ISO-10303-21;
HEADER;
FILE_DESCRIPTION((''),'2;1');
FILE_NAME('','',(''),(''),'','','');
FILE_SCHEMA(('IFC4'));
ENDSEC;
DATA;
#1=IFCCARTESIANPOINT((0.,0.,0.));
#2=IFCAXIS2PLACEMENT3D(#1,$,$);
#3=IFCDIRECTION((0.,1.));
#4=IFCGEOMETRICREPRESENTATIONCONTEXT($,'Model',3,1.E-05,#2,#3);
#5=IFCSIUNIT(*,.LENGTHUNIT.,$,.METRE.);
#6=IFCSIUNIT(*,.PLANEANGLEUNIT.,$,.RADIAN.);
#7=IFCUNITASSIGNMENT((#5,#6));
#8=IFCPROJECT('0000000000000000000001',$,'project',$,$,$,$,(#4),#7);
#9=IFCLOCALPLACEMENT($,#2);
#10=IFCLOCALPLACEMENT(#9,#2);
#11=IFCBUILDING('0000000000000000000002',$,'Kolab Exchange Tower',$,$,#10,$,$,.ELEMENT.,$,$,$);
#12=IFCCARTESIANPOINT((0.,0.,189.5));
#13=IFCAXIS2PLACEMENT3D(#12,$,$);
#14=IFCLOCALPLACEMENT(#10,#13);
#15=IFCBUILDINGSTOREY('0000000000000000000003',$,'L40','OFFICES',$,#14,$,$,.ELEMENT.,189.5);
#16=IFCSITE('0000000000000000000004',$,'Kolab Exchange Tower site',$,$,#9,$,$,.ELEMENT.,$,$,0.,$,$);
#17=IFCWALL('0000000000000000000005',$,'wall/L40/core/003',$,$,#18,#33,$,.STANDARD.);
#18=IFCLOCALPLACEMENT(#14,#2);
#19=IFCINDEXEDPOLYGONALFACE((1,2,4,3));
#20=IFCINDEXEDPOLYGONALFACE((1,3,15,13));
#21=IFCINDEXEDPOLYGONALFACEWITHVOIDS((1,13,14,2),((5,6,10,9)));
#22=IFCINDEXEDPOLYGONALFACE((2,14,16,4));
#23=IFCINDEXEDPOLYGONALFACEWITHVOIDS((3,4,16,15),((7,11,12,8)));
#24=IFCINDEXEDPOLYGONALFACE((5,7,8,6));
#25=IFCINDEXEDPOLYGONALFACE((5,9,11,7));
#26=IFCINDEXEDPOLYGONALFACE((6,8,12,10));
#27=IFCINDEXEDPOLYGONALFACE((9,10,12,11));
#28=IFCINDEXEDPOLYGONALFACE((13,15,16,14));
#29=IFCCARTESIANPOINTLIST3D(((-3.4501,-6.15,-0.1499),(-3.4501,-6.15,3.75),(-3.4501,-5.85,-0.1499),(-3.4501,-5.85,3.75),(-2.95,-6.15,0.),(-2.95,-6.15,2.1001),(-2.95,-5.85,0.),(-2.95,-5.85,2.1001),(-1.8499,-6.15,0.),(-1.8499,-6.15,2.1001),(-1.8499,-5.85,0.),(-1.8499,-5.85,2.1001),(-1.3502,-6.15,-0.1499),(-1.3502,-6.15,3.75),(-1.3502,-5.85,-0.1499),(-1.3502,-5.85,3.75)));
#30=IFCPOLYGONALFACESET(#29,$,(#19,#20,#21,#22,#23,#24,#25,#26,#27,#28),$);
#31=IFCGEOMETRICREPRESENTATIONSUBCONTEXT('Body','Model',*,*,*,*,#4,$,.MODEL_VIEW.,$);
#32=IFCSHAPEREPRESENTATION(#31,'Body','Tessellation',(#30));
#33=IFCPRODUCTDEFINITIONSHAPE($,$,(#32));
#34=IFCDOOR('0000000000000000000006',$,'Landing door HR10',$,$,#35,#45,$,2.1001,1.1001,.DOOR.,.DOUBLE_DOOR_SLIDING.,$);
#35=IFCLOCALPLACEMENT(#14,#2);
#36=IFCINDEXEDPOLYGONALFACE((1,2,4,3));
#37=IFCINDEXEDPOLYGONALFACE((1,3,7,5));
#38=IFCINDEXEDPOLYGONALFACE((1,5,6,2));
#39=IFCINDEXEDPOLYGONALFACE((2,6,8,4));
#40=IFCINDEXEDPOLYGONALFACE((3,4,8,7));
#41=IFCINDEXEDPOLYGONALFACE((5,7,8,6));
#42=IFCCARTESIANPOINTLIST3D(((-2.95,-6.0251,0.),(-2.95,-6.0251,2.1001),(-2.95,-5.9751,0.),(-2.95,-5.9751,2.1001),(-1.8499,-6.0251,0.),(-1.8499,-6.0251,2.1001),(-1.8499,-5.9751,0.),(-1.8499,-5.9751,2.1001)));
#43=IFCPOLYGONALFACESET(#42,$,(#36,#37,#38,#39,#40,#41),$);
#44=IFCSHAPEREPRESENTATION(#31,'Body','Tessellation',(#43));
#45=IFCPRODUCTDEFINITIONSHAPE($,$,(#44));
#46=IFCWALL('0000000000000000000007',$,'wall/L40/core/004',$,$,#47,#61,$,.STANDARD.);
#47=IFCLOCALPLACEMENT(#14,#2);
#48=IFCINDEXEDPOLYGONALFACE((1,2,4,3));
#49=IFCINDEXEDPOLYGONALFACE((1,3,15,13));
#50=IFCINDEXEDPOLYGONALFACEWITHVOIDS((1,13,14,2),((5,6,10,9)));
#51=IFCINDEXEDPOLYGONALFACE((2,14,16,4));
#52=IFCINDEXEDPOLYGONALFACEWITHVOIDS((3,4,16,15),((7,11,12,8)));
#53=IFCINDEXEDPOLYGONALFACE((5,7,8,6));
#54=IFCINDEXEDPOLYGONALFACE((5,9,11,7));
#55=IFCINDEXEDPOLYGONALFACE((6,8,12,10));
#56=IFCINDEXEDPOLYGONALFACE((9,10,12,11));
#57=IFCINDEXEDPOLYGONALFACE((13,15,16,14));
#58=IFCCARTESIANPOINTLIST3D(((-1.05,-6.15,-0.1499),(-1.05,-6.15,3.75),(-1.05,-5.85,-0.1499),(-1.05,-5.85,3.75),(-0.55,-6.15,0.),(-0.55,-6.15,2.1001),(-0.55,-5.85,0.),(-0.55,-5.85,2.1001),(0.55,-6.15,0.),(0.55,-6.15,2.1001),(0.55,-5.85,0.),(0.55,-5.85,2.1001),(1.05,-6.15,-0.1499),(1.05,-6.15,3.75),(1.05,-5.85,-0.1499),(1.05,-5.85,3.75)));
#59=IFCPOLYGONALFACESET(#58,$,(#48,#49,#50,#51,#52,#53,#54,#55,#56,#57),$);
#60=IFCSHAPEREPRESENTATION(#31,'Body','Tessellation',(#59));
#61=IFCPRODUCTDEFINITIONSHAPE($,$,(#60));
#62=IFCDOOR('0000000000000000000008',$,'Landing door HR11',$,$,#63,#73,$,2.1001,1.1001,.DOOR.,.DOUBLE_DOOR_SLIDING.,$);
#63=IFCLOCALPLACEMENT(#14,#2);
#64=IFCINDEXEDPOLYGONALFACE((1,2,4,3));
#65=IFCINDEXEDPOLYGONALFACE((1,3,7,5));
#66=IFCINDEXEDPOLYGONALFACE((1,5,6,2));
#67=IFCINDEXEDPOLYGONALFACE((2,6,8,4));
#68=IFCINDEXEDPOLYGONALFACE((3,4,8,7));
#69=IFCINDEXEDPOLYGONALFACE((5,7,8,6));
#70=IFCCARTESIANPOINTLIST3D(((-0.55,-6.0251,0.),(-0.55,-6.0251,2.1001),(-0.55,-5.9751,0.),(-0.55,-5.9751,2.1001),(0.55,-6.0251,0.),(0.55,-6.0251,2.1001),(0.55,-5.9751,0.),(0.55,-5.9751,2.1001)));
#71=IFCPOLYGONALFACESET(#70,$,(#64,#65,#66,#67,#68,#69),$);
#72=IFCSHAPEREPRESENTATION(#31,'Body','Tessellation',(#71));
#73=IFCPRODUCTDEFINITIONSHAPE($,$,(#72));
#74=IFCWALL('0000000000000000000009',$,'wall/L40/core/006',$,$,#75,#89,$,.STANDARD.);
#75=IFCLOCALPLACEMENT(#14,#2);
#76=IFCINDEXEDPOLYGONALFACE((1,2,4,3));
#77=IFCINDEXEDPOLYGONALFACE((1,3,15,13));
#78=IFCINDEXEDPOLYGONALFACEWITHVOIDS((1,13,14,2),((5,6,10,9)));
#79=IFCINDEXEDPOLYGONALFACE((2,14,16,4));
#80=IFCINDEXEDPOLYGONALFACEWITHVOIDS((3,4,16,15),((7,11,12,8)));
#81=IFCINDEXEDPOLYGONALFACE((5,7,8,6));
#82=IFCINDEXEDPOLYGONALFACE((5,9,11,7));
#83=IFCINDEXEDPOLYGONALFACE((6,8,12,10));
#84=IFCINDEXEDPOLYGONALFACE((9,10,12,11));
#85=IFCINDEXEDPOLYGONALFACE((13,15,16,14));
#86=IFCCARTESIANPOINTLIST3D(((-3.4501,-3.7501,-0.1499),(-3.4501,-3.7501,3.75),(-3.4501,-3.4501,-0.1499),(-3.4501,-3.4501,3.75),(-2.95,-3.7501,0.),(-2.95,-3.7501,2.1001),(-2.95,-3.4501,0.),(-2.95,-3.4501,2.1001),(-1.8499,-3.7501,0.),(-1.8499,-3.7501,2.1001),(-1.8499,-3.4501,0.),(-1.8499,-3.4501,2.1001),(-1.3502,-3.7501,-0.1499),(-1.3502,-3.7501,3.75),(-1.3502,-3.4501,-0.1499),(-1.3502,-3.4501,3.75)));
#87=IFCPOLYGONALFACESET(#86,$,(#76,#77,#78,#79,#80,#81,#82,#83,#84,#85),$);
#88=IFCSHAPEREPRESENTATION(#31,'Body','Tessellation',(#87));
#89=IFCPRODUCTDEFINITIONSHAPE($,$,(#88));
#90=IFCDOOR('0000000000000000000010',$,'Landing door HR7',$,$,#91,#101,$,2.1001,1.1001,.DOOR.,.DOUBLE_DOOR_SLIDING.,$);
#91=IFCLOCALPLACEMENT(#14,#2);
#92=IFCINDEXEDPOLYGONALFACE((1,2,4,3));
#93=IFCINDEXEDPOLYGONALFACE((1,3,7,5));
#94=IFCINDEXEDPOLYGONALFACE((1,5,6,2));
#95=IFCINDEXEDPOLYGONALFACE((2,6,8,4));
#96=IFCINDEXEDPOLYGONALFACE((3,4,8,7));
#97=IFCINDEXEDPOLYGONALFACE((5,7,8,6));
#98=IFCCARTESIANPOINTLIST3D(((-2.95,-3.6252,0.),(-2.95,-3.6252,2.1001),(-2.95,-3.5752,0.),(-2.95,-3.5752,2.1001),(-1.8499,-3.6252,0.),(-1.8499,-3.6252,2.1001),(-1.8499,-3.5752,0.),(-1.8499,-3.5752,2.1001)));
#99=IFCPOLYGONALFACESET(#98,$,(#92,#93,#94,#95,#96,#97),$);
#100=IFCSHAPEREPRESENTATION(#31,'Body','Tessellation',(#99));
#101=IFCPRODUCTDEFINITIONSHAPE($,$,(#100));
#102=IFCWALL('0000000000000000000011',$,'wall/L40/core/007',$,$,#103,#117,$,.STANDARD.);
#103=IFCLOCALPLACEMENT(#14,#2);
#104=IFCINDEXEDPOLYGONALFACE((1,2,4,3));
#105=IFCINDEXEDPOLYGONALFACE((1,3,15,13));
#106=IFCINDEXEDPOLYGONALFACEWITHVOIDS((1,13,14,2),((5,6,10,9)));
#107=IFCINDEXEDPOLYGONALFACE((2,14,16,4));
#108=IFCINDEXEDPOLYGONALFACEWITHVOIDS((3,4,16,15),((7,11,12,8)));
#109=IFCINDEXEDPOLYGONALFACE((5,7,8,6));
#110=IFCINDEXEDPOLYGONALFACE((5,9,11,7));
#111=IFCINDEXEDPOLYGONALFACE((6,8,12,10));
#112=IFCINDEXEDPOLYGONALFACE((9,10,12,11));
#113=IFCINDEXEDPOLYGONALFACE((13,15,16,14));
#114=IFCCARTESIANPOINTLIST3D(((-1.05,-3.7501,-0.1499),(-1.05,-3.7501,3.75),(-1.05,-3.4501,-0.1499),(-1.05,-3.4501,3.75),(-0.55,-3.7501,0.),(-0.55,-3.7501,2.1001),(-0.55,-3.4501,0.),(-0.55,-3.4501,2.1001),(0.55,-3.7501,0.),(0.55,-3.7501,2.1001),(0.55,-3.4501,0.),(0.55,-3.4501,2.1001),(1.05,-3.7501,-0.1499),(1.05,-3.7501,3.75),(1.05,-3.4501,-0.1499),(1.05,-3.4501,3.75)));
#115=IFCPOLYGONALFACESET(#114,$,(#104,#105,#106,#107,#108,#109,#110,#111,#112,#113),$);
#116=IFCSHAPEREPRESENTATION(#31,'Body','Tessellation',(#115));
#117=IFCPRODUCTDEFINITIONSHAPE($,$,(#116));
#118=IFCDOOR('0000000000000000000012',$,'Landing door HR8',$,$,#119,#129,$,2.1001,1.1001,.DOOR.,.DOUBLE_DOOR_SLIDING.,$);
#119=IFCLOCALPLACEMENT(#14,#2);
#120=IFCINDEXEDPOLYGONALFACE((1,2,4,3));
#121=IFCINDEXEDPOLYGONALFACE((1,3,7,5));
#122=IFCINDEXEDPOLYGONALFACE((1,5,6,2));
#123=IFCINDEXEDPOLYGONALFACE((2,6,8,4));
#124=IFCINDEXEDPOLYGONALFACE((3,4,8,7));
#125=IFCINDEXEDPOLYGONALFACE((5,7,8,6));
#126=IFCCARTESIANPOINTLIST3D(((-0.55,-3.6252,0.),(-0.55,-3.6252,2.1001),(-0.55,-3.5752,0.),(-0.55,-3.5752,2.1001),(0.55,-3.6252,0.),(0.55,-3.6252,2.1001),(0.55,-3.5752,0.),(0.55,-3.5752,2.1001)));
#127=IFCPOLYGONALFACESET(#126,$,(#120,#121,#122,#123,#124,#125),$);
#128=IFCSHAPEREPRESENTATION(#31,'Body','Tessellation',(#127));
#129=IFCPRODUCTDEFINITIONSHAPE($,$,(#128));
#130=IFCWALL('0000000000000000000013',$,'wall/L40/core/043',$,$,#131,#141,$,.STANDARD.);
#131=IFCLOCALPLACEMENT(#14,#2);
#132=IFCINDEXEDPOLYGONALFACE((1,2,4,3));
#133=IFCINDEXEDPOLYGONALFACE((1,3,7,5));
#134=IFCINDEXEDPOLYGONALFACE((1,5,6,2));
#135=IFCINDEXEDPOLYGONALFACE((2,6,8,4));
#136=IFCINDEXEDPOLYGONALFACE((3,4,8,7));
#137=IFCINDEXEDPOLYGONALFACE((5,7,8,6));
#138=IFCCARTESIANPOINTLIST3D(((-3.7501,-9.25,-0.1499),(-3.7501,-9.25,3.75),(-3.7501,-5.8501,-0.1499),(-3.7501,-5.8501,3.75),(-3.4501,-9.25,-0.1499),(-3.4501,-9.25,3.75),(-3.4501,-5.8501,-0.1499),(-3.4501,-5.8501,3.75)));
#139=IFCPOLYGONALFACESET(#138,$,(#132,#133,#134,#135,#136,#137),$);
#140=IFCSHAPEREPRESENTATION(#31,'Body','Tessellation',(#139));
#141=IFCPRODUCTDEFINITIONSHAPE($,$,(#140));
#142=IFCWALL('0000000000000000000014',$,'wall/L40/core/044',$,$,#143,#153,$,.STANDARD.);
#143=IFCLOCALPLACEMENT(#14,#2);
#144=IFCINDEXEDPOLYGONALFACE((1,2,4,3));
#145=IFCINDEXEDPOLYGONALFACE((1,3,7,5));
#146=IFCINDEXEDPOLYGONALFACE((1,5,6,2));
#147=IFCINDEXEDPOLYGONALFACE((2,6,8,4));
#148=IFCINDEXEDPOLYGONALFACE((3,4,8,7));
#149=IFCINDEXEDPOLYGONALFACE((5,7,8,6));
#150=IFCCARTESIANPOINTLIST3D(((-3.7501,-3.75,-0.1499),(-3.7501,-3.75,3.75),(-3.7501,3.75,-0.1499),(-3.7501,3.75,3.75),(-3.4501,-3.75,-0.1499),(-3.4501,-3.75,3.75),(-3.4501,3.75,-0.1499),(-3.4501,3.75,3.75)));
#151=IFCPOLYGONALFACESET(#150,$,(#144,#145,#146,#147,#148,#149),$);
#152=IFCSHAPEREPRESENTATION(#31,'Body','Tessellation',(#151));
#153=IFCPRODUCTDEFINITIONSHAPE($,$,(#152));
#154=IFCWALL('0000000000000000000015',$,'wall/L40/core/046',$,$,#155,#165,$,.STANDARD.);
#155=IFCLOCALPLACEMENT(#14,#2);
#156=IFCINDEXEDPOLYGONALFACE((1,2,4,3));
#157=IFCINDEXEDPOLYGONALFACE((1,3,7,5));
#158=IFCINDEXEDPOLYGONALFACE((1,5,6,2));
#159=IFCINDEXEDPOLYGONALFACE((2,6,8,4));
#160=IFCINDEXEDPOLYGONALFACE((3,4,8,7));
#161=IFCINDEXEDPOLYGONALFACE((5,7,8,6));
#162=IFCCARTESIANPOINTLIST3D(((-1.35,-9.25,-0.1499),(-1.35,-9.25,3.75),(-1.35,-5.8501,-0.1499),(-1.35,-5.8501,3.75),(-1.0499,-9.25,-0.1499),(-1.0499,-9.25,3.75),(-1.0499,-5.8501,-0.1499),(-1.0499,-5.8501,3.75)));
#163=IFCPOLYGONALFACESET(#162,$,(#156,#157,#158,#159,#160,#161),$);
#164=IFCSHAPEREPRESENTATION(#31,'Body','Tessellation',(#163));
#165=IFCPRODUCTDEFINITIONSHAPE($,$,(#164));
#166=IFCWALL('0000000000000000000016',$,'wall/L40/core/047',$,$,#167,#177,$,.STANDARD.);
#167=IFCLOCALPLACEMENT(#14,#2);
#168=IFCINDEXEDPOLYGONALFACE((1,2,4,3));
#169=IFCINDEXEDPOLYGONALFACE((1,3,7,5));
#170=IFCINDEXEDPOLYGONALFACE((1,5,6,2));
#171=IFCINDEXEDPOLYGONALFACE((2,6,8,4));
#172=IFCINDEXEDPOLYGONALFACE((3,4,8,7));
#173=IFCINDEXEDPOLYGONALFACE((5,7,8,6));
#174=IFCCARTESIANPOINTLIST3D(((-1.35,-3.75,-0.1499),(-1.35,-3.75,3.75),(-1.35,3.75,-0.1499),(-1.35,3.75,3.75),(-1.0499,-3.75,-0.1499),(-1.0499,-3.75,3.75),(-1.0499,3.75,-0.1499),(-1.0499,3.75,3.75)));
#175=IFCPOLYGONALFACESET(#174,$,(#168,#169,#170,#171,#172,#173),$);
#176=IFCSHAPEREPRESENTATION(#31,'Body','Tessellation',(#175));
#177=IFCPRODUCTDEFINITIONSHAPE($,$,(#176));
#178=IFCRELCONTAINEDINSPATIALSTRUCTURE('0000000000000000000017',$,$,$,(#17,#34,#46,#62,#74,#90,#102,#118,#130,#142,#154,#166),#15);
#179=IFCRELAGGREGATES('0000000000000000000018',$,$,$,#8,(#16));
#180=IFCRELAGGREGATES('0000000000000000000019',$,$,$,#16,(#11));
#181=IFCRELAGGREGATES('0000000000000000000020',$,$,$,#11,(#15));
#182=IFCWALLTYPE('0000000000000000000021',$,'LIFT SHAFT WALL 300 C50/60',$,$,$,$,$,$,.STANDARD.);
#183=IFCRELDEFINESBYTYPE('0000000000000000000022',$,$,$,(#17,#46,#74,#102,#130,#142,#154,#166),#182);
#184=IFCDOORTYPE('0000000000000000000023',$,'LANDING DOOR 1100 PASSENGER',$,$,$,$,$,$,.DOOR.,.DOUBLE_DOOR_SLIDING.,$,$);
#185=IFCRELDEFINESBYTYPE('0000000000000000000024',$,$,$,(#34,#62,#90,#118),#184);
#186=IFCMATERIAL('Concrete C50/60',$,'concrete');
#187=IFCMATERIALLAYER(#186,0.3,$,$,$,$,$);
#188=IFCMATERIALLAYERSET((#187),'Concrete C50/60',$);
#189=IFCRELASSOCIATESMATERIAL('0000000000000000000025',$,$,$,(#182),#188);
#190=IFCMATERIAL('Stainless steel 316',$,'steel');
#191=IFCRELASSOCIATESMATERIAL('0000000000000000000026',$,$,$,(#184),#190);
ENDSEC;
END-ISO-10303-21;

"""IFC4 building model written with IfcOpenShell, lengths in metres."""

from ifc_helpers import new_model, si_unit, direction, frame, frame_2d, origin, place, context, subcontext, project, spatial, rectangle, extrude, material, layer, layer_set, type_object, element, fill, save


model = new_model("IFC4")

# Units and contexts
model_context = context("Model", 3, precision=1e-05, world=origin(), true_north=direction((0.0, 1.0)))
body_context = subcontext(model_context, "Body", "Model", "MODEL_VIEW")
ifc_project = project(units=[si_unit("LENGTHUNIT", "METRE"), si_unit("PLANEANGLEUNIT", "RADIAN")], contexts=[model_context])

# Site, building, storey
site_placement = place(None, origin())
site = spatial("IfcSite", under=ifc_project, at=site_placement, Name="Kolab Exchange Tower site", CompositionType="ELEMENT", RefElevation=0.0)
building_placement = place(site_placement, origin())
building = spatial("IfcBuilding", under=site, at=building_placement, Name="Kolab Exchange Tower", CompositionType="ELEMENT")
storey_placement = place(building_placement, frame((0.0, 0.0, 189.5)))
storey = spatial("IfcBuildingStorey", under=building, at=storey_placement, Name="L40", Description="OFFICES", CompositionType="ELEMENT", Elevation=189.5)

# Walls, openings, doors
ifc_material_1 = material(Name="Concrete C50/60", Category="concrete")
ifc_layer_1 = layer(ifc_material_1, 0.3)
ifc_layer_set_1 = layer_set([ifc_layer_1], Name="Concrete C50/60")
wall_type_1 = type_object("IfcWallType", Name="LIFT SHAFT WALL 300 C50/60", PredefinedType="STANDARD", material=ifc_layer_set_1)
wall_1_placement = place(storey_placement, frame((-3.45, -6.0, -0.1499), z_axis=(0.0, 0.0, 1.0), x_axis=(1.0, 0.0, 0.0)))
wall_1 = element("IfcWall", 1, at=wall_1_placement, inside=storey, type_object=wall_type_1, Name="wall/L40/core/003", PredefinedType="STANDARD", context=body_context, shape_type="SweptSolid", body=[
    extrude(rectangle(XDim=2.0999, YDim=0.3, at=frame_2d((1.0498, 0.0))), origin(), (0.0, 0.0, 1.0), 3.8999),
])
opening_1_placement = place(wall_1_placement, frame((0.5, 0.0, 0.1499)))
opening_1 = element("IfcOpeningElement", 2, at=opening_1_placement, cuts=wall_1, PredefinedType="OPENING", context=body_context, shape_type="SweptSolid", body=[
    extrude(rectangle(XDim=1.1001, YDim=2.1001, at=frame_2d((0.55, 1.05))), frame((0.0, 0.1602, 0.0), z_axis=(0.0, -1.0, 0.0), x_axis=(1.0, 0.0, 0.0)), (0.0, 0.0, 1.0), 0.3201),
])
ifc_material_2 = material(Name="Stainless steel 316", Category="steel")
door_type_1 = type_object("IfcDoorType", Name="LANDING DOOR 1100 PASSENGER", OperationType="DOUBLE_DOOR_SLIDING", PredefinedType="DOOR", material=ifc_material_2)
door_1_placement = place(opening_1_placement, origin())
door_1 = element("IfcDoor", 3, at=door_1_placement, inside=storey, type_object=door_type_1, Name="Landing door HR10", OperationType="DOUBLE_DOOR_SLIDING", OverallHeight=2.1001, OverallWidth=1.1001, PredefinedType="DOOR", context=body_context, shape_type="SweptSolid", body=[
    extrude(rectangle(XDim=1.1001, YDim=2.1001, at=frame_2d((0.55, 1.05))), frame((0.0, 0.0249, 0.0), z_axis=(0.0, -1.0, 0.0), x_axis=(1.0, 0.0, 0.0)), (0.0, 0.0, 1.0), 0.05),
])
fill(opening_1, door_1)
wall_2_placement = place(storey_placement, frame((-1.05, -6.0, -0.1499), z_axis=(0.0, 0.0, 1.0), x_axis=(1.0, 0.0, 0.0)))
wall_2 = element("IfcWall", 4, at=wall_2_placement, inside=storey, type_object=wall_type_1, Name="wall/L40/core/004", PredefinedType="STANDARD", context=body_context, shape_type="SweptSolid", body=[
    extrude(rectangle(XDim=2.1001, YDim=0.3, at=frame_2d((1.05, 0.0))), origin(), (0.0, 0.0, 1.0), 3.8999),
])
opening_2_placement = place(wall_2_placement, frame((0.5, 0.0, 0.1499)))
opening_2 = element("IfcOpeningElement", 5, at=opening_2_placement, cuts=wall_2, PredefinedType="OPENING", context=body_context, shape_type="SweptSolid", body=[
    extrude(rectangle(XDim=1.1001, YDim=2.1001, at=frame_2d((0.55, 1.05))), frame((0.0, 0.1602, 0.0), z_axis=(0.0, -1.0, 0.0), x_axis=(1.0, 0.0, 0.0)), (0.0, 0.0, 1.0), 0.3201),
])
door_2_placement = place(opening_2_placement, origin())
door_2 = element("IfcDoor", 6, at=door_2_placement, inside=storey, type_object=door_type_1, Name="Landing door HR11", OperationType="DOUBLE_DOOR_SLIDING", OverallHeight=2.1001, OverallWidth=1.1001, PredefinedType="DOOR", context=body_context, shape_type="SweptSolid", body=[
    extrude(rectangle(XDim=1.1001, YDim=2.1001, at=frame_2d((0.55, 1.05))), frame((0.0, 0.0249, 0.0), z_axis=(0.0, -1.0, 0.0), x_axis=(1.0, 0.0, 0.0)), (0.0, 0.0, 1.0), 0.05),
])
fill(opening_2, door_2)
wall_3_placement = place(storey_placement, frame((-3.45, -3.6001, -0.1499), z_axis=(0.0, 0.0, 1.0), x_axis=(1.0, 0.0, 0.0)))
wall_3 = element("IfcWall", 7, at=wall_3_placement, inside=storey, type_object=wall_type_1, Name="wall/L40/core/006", PredefinedType="STANDARD", context=body_context, shape_type="SweptSolid", body=[
    extrude(rectangle(XDim=2.0999, YDim=0.3, at=frame_2d((1.0498, 0.0))), origin(), (0.0, 0.0, 1.0), 3.8999),
])
opening_3_placement = place(wall_3_placement, frame((0.5, 0.0, 0.1499)))
opening_3 = element("IfcOpeningElement", 8, at=opening_3_placement, cuts=wall_3, PredefinedType="OPENING", context=body_context, shape_type="SweptSolid", body=[
    extrude(rectangle(XDim=1.1001, YDim=2.1001, at=frame_2d((0.55, 1.05))), frame((0.0, 0.1602, 0.0), z_axis=(0.0, -1.0, 0.0), x_axis=(1.0, 0.0, 0.0)), (0.0, 0.0, 1.0), 0.3201),
])
door_3_placement = place(opening_3_placement, origin())
door_3 = element("IfcDoor", 9, at=door_3_placement, inside=storey, type_object=door_type_1, Name="Landing door HR7", OperationType="DOUBLE_DOOR_SLIDING", OverallHeight=2.1001, OverallWidth=1.1001, PredefinedType="DOOR", context=body_context, shape_type="SweptSolid", body=[
    extrude(rectangle(XDim=1.1001, YDim=2.1001, at=frame_2d((0.55, 1.05))), frame((0.0, 0.0249, 0.0), z_axis=(0.0, -1.0, 0.0), x_axis=(1.0, 0.0, 0.0)), (0.0, 0.0, 1.0), 0.05),
])
fill(opening_3, door_3)
wall_4_placement = place(storey_placement, frame((-1.05, -3.6001, -0.1499), z_axis=(0.0, 0.0, 1.0), x_axis=(1.0, 0.0, 0.0)))
wall_4 = element("IfcWall", 10, at=wall_4_placement, inside=storey, type_object=wall_type_1, Name="wall/L40/core/007", PredefinedType="STANDARD", context=body_context, shape_type="SweptSolid", body=[
    extrude(rectangle(XDim=2.1001, YDim=0.3, at=frame_2d((1.05, 0.0))), origin(), (0.0, 0.0, 1.0), 3.8999),
])
opening_4_placement = place(wall_4_placement, frame((0.5, 0.0, 0.1499)))
opening_4 = element("IfcOpeningElement", 11, at=opening_4_placement, cuts=wall_4, PredefinedType="OPENING", context=body_context, shape_type="SweptSolid", body=[
    extrude(rectangle(XDim=1.1001, YDim=2.1001, at=frame_2d((0.55, 1.05))), frame((0.0, 0.1602, 0.0), z_axis=(0.0, -1.0, 0.0), x_axis=(1.0, 0.0, 0.0)), (0.0, 0.0, 1.0), 0.3201),
])
door_4_placement = place(opening_4_placement, origin())
door_4 = element("IfcDoor", 12, at=door_4_placement, inside=storey, type_object=door_type_1, Name="Landing door HR8", OperationType="DOUBLE_DOOR_SLIDING", OverallHeight=2.1001, OverallWidth=1.1001, PredefinedType="DOOR", context=body_context, shape_type="SweptSolid", body=[
    extrude(rectangle(XDim=1.1001, YDim=2.1001, at=frame_2d((0.55, 1.05))), frame((0.0, 0.0249, 0.0), z_axis=(0.0, -1.0, 0.0), x_axis=(1.0, 0.0, 0.0)), (0.0, 0.0, 1.0), 0.05),
])
fill(opening_4, door_4)

# Walls
wall_5_placement = place(storey_placement, frame((-3.6001, -9.25, -0.1499), z_axis=(0.0, 0.0, 1.0), x_axis=(0.0, 1.0, 0.0)))
element("IfcWall", 13, at=wall_5_placement, inside=storey, type_object=wall_type_1, Name="wall/L40/core/043", PredefinedType="STANDARD", context=body_context, shape_type="SweptSolid", body=[
    extrude(rectangle(XDim=3.3999, YDim=0.3, at=frame_2d((1.7, 0.0))), origin(), (0.0, 0.0, 1.0), 3.8999),
])
wall_6_placement = place(storey_placement, frame((-3.6001, -3.75, -0.1499), z_axis=(0.0, 0.0, 1.0), x_axis=(0.0, 1.0, 0.0)))
element("IfcWall", 14, at=wall_6_placement, inside=storey, type_object=wall_type_1, Name="wall/L40/core/044", PredefinedType="STANDARD", context=body_context, shape_type="SweptSolid", body=[
    extrude(rectangle(XDim=7.5, YDim=0.3, at=frame_2d((3.75, 0.0))), origin(), (0.0, 0.0, 1.0), 3.8999),
])
wall_7_placement = place(storey_placement, frame((-1.2, -9.25, -0.1499), z_axis=(0.0, 0.0, 1.0), x_axis=(0.0, 1.0, 0.0)))
element("IfcWall", 15, at=wall_7_placement, inside=storey, type_object=wall_type_1, Name="wall/L40/core/046", PredefinedType="STANDARD", context=body_context, shape_type="SweptSolid", body=[
    extrude(rectangle(XDim=3.3999, YDim=0.3, at=frame_2d((1.7, 0.0))), origin(), (0.0, 0.0, 1.0), 3.8999),
])
wall_8_placement = place(storey_placement, frame((-1.2, -3.75, -0.1499), z_axis=(0.0, 0.0, 1.0), x_axis=(0.0, 1.0, 0.0)))
element("IfcWall", 16, at=wall_8_placement, inside=storey, type_object=wall_type_1, Name="wall/L40/core/047", PredefinedType="STANDARD", context=body_context, shape_type="SweptSolid", body=[
    extrude(rectangle(XDim=7.5, YDim=0.3, at=frame_2d((3.75, 0.0))), origin(), (0.0, 0.0, 1.0), 3.8999),
])

save(model, "model.ifc")
